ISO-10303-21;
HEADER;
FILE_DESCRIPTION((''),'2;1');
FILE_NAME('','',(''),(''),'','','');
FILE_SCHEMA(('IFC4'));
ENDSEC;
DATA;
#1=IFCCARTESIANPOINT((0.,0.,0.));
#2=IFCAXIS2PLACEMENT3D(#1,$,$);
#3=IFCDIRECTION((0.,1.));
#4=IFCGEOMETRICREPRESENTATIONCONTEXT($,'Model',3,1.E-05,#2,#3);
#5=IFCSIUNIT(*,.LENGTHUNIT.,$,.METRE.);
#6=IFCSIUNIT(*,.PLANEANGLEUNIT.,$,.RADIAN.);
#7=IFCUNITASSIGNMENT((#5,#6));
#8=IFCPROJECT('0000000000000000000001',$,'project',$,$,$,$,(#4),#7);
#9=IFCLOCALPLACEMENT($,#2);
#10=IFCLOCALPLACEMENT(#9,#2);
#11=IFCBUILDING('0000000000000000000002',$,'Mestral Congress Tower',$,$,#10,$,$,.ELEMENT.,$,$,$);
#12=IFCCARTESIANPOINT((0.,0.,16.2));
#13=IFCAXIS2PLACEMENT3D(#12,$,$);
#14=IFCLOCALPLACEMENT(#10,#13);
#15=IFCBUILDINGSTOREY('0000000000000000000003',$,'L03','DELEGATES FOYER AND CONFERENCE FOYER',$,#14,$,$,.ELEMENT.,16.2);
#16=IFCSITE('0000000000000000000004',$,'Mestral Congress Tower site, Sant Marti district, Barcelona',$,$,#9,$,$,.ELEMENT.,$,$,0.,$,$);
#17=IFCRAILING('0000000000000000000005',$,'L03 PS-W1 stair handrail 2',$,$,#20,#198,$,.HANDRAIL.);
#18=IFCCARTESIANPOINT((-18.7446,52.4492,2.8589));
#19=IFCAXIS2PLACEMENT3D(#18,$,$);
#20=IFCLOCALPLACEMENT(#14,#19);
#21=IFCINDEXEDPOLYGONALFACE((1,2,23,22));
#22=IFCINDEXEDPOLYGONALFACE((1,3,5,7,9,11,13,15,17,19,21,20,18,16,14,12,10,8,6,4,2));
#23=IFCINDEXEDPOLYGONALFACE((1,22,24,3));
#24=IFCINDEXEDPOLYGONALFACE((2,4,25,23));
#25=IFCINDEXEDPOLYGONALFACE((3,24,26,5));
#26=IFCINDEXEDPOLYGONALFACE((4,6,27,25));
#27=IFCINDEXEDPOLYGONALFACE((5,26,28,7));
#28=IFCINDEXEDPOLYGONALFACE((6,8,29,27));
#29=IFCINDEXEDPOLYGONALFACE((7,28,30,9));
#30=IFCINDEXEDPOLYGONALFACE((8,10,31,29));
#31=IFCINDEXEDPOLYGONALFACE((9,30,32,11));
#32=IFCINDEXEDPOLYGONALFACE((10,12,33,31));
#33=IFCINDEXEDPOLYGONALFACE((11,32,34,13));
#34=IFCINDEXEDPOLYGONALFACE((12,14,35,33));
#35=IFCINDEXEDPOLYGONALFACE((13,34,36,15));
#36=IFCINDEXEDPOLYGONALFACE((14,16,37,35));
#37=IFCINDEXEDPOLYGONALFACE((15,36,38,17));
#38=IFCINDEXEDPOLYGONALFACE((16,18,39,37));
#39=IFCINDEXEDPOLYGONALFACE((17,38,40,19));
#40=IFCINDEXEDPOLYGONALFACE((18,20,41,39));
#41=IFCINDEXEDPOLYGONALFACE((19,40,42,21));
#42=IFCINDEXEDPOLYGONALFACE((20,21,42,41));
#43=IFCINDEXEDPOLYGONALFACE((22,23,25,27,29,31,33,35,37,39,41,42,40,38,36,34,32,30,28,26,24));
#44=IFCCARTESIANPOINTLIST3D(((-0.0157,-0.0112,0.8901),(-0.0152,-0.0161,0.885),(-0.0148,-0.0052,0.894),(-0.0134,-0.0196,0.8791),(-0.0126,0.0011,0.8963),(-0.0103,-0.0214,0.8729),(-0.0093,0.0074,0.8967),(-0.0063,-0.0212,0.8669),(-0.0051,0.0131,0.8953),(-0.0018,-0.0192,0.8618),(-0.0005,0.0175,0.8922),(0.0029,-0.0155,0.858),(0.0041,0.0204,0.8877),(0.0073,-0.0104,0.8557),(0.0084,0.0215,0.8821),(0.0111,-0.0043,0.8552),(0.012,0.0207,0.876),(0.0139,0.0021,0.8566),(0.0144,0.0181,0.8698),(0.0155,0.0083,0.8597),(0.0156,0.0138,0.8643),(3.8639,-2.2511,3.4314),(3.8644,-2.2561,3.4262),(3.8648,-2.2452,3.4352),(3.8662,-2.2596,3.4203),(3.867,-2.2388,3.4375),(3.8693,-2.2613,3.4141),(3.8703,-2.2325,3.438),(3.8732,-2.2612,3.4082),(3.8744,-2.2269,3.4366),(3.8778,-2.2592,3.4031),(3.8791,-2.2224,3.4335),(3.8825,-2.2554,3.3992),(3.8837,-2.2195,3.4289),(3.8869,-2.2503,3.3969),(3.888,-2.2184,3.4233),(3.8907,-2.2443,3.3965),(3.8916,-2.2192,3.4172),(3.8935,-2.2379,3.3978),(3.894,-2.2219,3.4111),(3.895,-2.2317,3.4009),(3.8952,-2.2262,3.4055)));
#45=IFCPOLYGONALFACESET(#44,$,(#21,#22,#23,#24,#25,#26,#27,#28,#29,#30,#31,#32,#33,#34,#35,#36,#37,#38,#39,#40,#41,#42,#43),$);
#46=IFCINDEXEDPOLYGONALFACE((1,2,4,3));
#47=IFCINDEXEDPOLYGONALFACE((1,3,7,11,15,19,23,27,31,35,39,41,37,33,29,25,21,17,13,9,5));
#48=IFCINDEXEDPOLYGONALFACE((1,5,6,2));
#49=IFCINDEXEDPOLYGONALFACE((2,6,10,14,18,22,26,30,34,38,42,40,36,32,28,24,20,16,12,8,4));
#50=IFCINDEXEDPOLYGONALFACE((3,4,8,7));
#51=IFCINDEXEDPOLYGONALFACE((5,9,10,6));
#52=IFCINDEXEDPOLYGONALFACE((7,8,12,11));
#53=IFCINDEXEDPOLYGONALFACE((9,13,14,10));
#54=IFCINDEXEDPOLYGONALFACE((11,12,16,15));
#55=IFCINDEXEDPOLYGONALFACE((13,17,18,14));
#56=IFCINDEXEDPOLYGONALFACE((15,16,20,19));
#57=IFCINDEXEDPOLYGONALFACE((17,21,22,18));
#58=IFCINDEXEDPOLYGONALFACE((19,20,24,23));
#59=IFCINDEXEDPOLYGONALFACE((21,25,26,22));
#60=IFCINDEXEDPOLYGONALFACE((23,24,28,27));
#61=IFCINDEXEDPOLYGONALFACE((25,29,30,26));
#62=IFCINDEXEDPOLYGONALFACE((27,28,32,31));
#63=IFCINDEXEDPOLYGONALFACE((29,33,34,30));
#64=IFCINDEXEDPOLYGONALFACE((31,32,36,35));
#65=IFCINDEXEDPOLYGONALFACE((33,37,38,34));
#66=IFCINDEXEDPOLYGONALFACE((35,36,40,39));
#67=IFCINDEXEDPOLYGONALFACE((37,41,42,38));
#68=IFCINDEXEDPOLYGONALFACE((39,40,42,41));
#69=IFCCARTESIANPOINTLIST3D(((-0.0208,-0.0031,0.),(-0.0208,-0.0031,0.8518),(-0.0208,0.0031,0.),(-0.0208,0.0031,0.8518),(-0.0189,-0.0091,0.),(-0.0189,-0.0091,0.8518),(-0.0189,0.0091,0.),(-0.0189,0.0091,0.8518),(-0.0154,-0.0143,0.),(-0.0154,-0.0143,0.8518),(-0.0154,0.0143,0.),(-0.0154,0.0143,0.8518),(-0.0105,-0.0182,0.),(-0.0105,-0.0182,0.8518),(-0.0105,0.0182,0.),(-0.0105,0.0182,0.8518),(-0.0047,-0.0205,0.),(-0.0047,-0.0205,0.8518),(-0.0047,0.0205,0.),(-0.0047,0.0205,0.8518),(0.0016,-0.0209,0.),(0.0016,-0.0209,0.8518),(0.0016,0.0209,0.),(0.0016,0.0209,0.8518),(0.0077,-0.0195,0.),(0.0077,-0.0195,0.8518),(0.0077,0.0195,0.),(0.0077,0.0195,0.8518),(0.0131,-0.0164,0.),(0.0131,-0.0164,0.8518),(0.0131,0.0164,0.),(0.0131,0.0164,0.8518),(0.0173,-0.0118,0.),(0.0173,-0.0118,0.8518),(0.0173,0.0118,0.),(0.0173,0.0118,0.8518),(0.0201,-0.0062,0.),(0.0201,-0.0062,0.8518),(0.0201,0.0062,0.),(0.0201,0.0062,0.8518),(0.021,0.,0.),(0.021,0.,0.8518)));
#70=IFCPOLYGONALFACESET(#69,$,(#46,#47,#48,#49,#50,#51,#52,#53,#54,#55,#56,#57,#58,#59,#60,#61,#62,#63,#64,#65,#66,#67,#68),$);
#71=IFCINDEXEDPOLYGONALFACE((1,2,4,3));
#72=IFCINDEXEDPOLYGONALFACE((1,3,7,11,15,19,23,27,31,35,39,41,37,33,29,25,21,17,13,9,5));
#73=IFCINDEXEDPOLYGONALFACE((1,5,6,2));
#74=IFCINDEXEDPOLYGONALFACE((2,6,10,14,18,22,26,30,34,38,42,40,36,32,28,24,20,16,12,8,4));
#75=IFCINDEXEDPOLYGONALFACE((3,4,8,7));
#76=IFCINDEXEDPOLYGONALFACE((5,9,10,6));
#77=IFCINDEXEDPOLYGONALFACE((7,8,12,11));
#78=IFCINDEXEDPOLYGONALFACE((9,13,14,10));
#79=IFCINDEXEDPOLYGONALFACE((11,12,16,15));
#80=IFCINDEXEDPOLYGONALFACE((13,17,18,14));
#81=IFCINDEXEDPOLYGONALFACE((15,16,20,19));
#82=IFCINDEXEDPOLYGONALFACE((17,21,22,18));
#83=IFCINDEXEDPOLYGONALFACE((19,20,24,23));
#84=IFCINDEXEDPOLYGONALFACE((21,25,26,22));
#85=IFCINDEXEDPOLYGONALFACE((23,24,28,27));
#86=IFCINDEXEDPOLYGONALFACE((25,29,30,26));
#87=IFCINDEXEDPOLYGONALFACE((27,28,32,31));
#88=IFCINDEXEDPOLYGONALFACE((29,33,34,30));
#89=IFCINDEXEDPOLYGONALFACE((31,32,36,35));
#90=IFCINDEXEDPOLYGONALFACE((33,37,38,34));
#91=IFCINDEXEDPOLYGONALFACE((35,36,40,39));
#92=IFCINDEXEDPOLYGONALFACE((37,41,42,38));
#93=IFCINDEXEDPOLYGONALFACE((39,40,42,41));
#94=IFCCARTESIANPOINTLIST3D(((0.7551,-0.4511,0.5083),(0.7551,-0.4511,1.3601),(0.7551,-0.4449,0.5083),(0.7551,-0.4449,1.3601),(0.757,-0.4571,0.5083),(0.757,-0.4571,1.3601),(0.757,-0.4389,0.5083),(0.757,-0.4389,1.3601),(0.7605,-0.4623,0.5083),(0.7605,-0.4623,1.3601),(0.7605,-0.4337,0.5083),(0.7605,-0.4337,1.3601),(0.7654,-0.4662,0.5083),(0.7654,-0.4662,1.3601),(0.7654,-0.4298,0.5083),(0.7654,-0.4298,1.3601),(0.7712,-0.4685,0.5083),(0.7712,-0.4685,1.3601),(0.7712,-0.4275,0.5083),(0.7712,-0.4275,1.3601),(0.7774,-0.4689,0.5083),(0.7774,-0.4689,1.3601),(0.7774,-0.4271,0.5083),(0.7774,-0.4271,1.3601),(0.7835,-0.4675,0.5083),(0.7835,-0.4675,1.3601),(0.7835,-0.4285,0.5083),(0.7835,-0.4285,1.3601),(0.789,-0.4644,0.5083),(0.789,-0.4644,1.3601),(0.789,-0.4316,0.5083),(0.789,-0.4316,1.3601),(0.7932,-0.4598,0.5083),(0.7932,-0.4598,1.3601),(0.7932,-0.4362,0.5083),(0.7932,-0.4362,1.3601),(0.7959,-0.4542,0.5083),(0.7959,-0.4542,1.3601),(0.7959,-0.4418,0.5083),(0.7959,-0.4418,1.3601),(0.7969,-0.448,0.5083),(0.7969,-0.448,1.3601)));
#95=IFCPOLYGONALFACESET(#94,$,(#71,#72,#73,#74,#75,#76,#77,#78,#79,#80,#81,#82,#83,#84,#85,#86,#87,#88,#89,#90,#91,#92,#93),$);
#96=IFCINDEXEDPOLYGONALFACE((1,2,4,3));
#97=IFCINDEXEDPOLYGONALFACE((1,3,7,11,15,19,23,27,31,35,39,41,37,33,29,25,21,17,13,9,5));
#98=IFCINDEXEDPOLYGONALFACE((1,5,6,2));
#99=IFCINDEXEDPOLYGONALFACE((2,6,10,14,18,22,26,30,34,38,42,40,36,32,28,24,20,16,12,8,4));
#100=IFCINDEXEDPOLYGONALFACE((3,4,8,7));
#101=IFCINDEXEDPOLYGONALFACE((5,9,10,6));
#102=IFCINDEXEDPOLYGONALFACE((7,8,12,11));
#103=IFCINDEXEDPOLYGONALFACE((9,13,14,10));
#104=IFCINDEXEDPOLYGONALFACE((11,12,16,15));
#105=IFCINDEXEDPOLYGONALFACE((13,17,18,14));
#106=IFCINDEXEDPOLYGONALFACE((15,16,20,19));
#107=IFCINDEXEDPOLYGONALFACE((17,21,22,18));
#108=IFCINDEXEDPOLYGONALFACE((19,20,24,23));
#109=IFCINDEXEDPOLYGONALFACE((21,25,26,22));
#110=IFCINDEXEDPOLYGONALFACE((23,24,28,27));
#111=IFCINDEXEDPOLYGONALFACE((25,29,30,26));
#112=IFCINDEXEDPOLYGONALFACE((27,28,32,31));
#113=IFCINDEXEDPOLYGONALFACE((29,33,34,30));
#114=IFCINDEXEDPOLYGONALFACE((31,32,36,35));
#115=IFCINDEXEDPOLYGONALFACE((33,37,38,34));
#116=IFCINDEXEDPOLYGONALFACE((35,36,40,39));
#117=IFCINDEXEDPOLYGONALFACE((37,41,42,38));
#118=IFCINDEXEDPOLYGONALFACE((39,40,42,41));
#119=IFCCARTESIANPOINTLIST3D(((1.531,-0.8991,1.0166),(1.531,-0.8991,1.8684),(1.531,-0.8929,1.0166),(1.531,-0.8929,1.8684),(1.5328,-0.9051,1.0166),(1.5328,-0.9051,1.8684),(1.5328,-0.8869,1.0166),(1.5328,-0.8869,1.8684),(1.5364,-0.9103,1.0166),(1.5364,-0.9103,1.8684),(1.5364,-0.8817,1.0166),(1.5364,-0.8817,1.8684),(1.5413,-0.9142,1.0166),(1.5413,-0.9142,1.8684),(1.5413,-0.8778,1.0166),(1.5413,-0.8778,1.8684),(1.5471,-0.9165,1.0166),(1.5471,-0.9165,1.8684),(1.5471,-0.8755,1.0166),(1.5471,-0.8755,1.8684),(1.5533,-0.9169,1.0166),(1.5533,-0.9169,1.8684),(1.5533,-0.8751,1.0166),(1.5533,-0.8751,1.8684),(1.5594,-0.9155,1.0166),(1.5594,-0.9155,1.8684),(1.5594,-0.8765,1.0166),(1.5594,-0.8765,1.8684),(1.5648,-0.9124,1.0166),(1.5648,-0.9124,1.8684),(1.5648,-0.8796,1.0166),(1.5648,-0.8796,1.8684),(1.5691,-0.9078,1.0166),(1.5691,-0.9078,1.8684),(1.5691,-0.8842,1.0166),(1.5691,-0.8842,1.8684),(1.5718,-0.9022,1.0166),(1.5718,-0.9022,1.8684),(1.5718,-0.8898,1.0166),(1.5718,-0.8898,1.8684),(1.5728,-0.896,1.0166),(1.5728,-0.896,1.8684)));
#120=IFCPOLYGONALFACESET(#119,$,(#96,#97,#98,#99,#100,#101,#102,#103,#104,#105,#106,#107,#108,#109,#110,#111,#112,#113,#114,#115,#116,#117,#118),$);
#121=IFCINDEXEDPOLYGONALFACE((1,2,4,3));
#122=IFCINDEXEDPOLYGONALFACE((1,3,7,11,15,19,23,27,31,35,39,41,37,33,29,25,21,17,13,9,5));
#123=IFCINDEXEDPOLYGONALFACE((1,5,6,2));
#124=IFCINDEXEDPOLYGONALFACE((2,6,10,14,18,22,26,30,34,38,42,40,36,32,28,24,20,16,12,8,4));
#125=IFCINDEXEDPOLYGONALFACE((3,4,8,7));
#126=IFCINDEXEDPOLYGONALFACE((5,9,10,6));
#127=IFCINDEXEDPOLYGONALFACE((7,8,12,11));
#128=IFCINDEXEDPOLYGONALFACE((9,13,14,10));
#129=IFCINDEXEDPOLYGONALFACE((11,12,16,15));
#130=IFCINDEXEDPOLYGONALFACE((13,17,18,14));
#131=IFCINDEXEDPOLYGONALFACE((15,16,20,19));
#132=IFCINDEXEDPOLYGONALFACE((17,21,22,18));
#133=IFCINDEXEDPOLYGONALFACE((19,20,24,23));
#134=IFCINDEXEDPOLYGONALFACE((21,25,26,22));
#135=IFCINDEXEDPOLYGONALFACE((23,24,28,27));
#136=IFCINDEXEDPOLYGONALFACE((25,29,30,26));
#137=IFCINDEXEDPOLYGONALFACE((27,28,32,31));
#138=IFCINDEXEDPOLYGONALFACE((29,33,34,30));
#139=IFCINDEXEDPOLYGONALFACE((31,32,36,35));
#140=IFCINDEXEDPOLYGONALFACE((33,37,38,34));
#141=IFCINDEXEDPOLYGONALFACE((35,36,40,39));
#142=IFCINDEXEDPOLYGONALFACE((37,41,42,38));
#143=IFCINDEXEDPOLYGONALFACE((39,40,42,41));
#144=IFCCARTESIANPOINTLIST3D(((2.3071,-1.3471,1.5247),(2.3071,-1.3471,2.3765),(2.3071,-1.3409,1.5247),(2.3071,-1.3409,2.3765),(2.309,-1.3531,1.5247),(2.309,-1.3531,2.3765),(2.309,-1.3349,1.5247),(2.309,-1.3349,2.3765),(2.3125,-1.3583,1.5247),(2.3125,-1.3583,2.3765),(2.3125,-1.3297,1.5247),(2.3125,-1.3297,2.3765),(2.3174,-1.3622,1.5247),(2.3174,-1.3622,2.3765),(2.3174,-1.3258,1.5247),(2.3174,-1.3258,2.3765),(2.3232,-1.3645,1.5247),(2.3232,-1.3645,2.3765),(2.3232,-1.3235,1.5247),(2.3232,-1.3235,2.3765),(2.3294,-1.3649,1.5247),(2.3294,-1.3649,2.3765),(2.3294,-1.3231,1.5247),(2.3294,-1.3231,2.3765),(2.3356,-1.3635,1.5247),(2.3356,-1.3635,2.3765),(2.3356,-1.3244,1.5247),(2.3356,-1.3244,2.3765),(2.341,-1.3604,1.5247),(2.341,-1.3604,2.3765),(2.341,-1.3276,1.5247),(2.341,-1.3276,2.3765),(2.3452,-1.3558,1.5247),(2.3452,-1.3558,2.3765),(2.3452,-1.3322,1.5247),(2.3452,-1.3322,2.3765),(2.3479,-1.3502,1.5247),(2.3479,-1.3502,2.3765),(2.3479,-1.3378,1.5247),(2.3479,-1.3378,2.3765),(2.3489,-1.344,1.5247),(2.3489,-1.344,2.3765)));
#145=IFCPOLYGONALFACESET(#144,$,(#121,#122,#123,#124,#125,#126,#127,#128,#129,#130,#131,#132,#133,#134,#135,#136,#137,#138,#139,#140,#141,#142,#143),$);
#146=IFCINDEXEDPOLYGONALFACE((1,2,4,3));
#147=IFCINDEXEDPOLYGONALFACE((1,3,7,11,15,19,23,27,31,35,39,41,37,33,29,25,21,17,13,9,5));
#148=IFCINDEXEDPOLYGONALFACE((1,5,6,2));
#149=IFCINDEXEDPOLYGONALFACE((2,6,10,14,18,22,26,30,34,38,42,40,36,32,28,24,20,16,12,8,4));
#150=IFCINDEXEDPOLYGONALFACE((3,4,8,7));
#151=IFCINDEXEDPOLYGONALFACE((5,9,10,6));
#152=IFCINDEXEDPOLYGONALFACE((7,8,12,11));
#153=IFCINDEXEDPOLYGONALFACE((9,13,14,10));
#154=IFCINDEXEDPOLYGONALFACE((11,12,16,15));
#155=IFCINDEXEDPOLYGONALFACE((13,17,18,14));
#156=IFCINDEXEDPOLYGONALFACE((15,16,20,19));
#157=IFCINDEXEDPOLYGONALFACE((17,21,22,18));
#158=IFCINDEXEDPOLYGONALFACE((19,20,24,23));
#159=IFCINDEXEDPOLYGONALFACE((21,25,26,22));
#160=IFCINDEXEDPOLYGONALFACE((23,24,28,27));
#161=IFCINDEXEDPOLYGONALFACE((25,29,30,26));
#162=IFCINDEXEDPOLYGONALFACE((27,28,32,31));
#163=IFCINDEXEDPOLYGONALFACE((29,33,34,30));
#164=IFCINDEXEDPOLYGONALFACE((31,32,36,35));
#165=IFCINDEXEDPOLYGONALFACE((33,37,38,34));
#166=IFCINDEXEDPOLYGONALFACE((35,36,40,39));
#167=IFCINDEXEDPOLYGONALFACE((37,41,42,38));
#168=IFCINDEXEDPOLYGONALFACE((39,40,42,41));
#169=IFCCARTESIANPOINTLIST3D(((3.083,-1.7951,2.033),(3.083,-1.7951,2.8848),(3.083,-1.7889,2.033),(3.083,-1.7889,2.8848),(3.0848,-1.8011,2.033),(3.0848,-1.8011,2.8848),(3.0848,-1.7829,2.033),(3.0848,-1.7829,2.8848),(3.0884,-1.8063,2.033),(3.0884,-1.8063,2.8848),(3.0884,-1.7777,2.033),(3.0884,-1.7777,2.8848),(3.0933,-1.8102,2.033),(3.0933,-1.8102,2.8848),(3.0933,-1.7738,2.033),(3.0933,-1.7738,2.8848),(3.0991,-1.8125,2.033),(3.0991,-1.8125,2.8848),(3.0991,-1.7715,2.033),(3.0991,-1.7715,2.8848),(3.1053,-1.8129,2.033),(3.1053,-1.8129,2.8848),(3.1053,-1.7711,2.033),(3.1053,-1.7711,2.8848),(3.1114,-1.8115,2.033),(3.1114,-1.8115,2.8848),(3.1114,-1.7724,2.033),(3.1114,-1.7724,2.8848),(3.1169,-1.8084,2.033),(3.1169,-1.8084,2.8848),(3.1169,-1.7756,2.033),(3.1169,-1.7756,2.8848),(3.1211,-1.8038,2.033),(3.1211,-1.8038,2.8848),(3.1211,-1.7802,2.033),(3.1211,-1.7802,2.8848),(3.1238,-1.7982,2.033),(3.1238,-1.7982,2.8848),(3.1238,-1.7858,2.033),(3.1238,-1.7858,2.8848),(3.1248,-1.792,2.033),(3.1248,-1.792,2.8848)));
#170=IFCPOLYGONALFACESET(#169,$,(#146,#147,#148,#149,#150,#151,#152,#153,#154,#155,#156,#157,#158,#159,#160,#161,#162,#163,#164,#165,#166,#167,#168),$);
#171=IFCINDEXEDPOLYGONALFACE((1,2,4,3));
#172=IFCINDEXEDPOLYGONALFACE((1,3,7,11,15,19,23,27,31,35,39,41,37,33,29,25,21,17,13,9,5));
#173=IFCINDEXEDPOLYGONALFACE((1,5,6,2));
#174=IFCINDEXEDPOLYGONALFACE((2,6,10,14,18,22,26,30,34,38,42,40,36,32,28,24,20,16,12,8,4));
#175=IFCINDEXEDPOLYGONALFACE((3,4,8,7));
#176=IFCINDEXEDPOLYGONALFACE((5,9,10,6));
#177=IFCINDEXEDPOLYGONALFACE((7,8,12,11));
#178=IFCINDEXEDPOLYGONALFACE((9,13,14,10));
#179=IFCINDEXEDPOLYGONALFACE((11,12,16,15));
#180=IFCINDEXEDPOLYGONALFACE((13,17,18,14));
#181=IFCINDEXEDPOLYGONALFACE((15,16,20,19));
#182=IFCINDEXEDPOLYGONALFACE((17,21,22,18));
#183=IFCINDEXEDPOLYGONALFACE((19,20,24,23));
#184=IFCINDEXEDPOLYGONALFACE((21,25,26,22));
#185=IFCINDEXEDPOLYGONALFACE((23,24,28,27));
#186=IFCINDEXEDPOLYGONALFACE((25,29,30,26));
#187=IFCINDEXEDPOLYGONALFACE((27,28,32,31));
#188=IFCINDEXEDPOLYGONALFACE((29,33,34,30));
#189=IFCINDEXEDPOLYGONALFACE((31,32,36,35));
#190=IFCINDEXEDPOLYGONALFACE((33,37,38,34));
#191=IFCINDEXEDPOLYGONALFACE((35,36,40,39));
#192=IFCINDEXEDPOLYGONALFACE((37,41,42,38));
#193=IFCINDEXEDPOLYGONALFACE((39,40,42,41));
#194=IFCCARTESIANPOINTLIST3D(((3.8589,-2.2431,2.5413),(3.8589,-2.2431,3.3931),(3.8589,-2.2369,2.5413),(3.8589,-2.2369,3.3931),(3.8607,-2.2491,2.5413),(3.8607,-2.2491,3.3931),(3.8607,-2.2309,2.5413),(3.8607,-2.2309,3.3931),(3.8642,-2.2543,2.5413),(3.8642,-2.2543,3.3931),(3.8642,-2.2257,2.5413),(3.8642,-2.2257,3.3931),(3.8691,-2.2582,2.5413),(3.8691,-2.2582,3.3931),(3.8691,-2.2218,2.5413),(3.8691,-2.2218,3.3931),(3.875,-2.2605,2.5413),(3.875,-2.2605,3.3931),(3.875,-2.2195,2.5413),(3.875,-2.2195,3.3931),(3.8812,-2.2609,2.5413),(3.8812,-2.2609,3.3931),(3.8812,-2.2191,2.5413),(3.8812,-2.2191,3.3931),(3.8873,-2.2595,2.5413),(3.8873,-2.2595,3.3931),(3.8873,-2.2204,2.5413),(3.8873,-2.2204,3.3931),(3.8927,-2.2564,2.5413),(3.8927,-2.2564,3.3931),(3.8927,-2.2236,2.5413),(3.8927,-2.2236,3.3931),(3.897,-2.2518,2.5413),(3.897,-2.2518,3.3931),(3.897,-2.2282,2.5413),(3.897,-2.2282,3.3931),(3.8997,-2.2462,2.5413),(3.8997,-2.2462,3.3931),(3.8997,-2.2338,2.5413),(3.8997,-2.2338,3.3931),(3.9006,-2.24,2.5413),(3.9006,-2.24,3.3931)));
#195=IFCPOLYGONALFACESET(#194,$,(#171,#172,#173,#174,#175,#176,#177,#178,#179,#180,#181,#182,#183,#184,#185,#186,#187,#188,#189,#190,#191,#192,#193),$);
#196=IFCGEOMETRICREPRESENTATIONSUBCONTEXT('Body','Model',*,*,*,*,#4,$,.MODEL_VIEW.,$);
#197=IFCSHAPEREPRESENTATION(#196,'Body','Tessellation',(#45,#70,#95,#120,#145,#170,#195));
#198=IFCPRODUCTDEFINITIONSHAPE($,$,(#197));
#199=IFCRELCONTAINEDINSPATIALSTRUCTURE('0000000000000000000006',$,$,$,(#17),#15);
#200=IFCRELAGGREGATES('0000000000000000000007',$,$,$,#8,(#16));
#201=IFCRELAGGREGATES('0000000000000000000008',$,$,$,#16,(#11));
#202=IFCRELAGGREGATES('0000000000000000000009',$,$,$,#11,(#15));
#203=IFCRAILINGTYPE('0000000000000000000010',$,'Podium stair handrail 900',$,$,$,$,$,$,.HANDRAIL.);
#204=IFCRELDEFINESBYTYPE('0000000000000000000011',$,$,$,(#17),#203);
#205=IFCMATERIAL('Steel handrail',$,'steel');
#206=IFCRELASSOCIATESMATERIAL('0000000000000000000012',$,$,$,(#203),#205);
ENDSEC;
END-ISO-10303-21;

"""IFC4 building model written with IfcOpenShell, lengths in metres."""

from ifc_helpers import new_model, si_unit, direction, frame, origin, origin_2d, place, context, subcontext, project, spatial, circle, extrude, material, type_object, element, save


model = new_model("IFC4")

# Units and contexts
model_context = context("Model", 3, precision=1e-05, world=origin(), true_north=direction((0.0, 1.0)))
body_context = subcontext(model_context, "Body", "Model", "MODEL_VIEW")
ifc_project = project(units=[si_unit("LENGTHUNIT", "METRE"), si_unit("PLANEANGLEUNIT", "RADIAN")], contexts=[model_context])

# Site, building, storey
site_placement = place(None, origin())
site = spatial("IfcSite", under=ifc_project, at=site_placement, Name="Mestral Congress Tower site, Sant Marti district, Barcelona", CompositionType="ELEMENT", RefElevation=0.0)
building_placement = place(site_placement, origin())
building = spatial("IfcBuilding", under=site, at=building_placement, Name="Mestral Congress Tower", CompositionType="ELEMENT")
storey_placement = place(building_placement, frame((0.0, 0.0, 16.2)))
storey = spatial("IfcBuildingStorey", under=building, at=storey_placement, Name="L03", Description="DELEGATES FOYER AND CONFERENCE FOYER", CompositionType="ELEMENT", Elevation=16.2)

# Railing
ifc_material_1 = material(Name="Steel handrail", Category="steel")
railing_type_1 = type_object("IfcRailingType", Name="Podium stair handrail 900", PredefinedType="HANDRAIL", material=ifc_material_1)
railing_1_placement = place(storey_placement, frame((-18.7446, 52.4492, 2.8589)))
element("IfcRailing", 1, at=railing_1_placement, inside=storey, type_object=railing_type_1, Name="L03 PS-W1 stair handrail 2", PredefinedType="HANDRAIL", context=body_context, shape_type="SweptSolid", body=[
    extrude(circle(Radius=0.0239, at=origin_2d()), frame((0.0, 0.0, 0.876), z_axis=(0.753262, -0.434911, 0.493405), x_axis=(0.500013, 0.866018, 0.0)), (0.0, 0.0, 1.0), 5.1504),
    extrude(circle(Radius=0.021, at=origin_2d()), origin(), (0.0, 0.0, 1.0), 0.8518),
    extrude(circle(Radius=0.021, at=origin_2d()), frame((0.7759, -0.448, 0.5083)), (0.0, 0.0, 1.0), 0.8518),
    extrude(circle(Radius=0.021, at=origin_2d()), frame((1.5518, -0.896, 1.0166)), (0.0, 0.0, 1.0), 0.8518),
    extrude(circle(Radius=0.021, at=origin_2d()), frame((2.3279, -1.344, 1.5247)), (0.0, 0.0, 1.0), 0.8518),
    extrude(circle(Radius=0.021, at=origin_2d()), frame((3.1038, -1.792, 2.033)), (0.0, 0.0, 1.0), 0.8518),
    extrude(circle(Radius=0.021, at=origin_2d()), frame((3.8796, -2.24, 2.5413)), (0.0, 0.0, 1.0), 0.8518),
])

save(model, "model.ifc")
